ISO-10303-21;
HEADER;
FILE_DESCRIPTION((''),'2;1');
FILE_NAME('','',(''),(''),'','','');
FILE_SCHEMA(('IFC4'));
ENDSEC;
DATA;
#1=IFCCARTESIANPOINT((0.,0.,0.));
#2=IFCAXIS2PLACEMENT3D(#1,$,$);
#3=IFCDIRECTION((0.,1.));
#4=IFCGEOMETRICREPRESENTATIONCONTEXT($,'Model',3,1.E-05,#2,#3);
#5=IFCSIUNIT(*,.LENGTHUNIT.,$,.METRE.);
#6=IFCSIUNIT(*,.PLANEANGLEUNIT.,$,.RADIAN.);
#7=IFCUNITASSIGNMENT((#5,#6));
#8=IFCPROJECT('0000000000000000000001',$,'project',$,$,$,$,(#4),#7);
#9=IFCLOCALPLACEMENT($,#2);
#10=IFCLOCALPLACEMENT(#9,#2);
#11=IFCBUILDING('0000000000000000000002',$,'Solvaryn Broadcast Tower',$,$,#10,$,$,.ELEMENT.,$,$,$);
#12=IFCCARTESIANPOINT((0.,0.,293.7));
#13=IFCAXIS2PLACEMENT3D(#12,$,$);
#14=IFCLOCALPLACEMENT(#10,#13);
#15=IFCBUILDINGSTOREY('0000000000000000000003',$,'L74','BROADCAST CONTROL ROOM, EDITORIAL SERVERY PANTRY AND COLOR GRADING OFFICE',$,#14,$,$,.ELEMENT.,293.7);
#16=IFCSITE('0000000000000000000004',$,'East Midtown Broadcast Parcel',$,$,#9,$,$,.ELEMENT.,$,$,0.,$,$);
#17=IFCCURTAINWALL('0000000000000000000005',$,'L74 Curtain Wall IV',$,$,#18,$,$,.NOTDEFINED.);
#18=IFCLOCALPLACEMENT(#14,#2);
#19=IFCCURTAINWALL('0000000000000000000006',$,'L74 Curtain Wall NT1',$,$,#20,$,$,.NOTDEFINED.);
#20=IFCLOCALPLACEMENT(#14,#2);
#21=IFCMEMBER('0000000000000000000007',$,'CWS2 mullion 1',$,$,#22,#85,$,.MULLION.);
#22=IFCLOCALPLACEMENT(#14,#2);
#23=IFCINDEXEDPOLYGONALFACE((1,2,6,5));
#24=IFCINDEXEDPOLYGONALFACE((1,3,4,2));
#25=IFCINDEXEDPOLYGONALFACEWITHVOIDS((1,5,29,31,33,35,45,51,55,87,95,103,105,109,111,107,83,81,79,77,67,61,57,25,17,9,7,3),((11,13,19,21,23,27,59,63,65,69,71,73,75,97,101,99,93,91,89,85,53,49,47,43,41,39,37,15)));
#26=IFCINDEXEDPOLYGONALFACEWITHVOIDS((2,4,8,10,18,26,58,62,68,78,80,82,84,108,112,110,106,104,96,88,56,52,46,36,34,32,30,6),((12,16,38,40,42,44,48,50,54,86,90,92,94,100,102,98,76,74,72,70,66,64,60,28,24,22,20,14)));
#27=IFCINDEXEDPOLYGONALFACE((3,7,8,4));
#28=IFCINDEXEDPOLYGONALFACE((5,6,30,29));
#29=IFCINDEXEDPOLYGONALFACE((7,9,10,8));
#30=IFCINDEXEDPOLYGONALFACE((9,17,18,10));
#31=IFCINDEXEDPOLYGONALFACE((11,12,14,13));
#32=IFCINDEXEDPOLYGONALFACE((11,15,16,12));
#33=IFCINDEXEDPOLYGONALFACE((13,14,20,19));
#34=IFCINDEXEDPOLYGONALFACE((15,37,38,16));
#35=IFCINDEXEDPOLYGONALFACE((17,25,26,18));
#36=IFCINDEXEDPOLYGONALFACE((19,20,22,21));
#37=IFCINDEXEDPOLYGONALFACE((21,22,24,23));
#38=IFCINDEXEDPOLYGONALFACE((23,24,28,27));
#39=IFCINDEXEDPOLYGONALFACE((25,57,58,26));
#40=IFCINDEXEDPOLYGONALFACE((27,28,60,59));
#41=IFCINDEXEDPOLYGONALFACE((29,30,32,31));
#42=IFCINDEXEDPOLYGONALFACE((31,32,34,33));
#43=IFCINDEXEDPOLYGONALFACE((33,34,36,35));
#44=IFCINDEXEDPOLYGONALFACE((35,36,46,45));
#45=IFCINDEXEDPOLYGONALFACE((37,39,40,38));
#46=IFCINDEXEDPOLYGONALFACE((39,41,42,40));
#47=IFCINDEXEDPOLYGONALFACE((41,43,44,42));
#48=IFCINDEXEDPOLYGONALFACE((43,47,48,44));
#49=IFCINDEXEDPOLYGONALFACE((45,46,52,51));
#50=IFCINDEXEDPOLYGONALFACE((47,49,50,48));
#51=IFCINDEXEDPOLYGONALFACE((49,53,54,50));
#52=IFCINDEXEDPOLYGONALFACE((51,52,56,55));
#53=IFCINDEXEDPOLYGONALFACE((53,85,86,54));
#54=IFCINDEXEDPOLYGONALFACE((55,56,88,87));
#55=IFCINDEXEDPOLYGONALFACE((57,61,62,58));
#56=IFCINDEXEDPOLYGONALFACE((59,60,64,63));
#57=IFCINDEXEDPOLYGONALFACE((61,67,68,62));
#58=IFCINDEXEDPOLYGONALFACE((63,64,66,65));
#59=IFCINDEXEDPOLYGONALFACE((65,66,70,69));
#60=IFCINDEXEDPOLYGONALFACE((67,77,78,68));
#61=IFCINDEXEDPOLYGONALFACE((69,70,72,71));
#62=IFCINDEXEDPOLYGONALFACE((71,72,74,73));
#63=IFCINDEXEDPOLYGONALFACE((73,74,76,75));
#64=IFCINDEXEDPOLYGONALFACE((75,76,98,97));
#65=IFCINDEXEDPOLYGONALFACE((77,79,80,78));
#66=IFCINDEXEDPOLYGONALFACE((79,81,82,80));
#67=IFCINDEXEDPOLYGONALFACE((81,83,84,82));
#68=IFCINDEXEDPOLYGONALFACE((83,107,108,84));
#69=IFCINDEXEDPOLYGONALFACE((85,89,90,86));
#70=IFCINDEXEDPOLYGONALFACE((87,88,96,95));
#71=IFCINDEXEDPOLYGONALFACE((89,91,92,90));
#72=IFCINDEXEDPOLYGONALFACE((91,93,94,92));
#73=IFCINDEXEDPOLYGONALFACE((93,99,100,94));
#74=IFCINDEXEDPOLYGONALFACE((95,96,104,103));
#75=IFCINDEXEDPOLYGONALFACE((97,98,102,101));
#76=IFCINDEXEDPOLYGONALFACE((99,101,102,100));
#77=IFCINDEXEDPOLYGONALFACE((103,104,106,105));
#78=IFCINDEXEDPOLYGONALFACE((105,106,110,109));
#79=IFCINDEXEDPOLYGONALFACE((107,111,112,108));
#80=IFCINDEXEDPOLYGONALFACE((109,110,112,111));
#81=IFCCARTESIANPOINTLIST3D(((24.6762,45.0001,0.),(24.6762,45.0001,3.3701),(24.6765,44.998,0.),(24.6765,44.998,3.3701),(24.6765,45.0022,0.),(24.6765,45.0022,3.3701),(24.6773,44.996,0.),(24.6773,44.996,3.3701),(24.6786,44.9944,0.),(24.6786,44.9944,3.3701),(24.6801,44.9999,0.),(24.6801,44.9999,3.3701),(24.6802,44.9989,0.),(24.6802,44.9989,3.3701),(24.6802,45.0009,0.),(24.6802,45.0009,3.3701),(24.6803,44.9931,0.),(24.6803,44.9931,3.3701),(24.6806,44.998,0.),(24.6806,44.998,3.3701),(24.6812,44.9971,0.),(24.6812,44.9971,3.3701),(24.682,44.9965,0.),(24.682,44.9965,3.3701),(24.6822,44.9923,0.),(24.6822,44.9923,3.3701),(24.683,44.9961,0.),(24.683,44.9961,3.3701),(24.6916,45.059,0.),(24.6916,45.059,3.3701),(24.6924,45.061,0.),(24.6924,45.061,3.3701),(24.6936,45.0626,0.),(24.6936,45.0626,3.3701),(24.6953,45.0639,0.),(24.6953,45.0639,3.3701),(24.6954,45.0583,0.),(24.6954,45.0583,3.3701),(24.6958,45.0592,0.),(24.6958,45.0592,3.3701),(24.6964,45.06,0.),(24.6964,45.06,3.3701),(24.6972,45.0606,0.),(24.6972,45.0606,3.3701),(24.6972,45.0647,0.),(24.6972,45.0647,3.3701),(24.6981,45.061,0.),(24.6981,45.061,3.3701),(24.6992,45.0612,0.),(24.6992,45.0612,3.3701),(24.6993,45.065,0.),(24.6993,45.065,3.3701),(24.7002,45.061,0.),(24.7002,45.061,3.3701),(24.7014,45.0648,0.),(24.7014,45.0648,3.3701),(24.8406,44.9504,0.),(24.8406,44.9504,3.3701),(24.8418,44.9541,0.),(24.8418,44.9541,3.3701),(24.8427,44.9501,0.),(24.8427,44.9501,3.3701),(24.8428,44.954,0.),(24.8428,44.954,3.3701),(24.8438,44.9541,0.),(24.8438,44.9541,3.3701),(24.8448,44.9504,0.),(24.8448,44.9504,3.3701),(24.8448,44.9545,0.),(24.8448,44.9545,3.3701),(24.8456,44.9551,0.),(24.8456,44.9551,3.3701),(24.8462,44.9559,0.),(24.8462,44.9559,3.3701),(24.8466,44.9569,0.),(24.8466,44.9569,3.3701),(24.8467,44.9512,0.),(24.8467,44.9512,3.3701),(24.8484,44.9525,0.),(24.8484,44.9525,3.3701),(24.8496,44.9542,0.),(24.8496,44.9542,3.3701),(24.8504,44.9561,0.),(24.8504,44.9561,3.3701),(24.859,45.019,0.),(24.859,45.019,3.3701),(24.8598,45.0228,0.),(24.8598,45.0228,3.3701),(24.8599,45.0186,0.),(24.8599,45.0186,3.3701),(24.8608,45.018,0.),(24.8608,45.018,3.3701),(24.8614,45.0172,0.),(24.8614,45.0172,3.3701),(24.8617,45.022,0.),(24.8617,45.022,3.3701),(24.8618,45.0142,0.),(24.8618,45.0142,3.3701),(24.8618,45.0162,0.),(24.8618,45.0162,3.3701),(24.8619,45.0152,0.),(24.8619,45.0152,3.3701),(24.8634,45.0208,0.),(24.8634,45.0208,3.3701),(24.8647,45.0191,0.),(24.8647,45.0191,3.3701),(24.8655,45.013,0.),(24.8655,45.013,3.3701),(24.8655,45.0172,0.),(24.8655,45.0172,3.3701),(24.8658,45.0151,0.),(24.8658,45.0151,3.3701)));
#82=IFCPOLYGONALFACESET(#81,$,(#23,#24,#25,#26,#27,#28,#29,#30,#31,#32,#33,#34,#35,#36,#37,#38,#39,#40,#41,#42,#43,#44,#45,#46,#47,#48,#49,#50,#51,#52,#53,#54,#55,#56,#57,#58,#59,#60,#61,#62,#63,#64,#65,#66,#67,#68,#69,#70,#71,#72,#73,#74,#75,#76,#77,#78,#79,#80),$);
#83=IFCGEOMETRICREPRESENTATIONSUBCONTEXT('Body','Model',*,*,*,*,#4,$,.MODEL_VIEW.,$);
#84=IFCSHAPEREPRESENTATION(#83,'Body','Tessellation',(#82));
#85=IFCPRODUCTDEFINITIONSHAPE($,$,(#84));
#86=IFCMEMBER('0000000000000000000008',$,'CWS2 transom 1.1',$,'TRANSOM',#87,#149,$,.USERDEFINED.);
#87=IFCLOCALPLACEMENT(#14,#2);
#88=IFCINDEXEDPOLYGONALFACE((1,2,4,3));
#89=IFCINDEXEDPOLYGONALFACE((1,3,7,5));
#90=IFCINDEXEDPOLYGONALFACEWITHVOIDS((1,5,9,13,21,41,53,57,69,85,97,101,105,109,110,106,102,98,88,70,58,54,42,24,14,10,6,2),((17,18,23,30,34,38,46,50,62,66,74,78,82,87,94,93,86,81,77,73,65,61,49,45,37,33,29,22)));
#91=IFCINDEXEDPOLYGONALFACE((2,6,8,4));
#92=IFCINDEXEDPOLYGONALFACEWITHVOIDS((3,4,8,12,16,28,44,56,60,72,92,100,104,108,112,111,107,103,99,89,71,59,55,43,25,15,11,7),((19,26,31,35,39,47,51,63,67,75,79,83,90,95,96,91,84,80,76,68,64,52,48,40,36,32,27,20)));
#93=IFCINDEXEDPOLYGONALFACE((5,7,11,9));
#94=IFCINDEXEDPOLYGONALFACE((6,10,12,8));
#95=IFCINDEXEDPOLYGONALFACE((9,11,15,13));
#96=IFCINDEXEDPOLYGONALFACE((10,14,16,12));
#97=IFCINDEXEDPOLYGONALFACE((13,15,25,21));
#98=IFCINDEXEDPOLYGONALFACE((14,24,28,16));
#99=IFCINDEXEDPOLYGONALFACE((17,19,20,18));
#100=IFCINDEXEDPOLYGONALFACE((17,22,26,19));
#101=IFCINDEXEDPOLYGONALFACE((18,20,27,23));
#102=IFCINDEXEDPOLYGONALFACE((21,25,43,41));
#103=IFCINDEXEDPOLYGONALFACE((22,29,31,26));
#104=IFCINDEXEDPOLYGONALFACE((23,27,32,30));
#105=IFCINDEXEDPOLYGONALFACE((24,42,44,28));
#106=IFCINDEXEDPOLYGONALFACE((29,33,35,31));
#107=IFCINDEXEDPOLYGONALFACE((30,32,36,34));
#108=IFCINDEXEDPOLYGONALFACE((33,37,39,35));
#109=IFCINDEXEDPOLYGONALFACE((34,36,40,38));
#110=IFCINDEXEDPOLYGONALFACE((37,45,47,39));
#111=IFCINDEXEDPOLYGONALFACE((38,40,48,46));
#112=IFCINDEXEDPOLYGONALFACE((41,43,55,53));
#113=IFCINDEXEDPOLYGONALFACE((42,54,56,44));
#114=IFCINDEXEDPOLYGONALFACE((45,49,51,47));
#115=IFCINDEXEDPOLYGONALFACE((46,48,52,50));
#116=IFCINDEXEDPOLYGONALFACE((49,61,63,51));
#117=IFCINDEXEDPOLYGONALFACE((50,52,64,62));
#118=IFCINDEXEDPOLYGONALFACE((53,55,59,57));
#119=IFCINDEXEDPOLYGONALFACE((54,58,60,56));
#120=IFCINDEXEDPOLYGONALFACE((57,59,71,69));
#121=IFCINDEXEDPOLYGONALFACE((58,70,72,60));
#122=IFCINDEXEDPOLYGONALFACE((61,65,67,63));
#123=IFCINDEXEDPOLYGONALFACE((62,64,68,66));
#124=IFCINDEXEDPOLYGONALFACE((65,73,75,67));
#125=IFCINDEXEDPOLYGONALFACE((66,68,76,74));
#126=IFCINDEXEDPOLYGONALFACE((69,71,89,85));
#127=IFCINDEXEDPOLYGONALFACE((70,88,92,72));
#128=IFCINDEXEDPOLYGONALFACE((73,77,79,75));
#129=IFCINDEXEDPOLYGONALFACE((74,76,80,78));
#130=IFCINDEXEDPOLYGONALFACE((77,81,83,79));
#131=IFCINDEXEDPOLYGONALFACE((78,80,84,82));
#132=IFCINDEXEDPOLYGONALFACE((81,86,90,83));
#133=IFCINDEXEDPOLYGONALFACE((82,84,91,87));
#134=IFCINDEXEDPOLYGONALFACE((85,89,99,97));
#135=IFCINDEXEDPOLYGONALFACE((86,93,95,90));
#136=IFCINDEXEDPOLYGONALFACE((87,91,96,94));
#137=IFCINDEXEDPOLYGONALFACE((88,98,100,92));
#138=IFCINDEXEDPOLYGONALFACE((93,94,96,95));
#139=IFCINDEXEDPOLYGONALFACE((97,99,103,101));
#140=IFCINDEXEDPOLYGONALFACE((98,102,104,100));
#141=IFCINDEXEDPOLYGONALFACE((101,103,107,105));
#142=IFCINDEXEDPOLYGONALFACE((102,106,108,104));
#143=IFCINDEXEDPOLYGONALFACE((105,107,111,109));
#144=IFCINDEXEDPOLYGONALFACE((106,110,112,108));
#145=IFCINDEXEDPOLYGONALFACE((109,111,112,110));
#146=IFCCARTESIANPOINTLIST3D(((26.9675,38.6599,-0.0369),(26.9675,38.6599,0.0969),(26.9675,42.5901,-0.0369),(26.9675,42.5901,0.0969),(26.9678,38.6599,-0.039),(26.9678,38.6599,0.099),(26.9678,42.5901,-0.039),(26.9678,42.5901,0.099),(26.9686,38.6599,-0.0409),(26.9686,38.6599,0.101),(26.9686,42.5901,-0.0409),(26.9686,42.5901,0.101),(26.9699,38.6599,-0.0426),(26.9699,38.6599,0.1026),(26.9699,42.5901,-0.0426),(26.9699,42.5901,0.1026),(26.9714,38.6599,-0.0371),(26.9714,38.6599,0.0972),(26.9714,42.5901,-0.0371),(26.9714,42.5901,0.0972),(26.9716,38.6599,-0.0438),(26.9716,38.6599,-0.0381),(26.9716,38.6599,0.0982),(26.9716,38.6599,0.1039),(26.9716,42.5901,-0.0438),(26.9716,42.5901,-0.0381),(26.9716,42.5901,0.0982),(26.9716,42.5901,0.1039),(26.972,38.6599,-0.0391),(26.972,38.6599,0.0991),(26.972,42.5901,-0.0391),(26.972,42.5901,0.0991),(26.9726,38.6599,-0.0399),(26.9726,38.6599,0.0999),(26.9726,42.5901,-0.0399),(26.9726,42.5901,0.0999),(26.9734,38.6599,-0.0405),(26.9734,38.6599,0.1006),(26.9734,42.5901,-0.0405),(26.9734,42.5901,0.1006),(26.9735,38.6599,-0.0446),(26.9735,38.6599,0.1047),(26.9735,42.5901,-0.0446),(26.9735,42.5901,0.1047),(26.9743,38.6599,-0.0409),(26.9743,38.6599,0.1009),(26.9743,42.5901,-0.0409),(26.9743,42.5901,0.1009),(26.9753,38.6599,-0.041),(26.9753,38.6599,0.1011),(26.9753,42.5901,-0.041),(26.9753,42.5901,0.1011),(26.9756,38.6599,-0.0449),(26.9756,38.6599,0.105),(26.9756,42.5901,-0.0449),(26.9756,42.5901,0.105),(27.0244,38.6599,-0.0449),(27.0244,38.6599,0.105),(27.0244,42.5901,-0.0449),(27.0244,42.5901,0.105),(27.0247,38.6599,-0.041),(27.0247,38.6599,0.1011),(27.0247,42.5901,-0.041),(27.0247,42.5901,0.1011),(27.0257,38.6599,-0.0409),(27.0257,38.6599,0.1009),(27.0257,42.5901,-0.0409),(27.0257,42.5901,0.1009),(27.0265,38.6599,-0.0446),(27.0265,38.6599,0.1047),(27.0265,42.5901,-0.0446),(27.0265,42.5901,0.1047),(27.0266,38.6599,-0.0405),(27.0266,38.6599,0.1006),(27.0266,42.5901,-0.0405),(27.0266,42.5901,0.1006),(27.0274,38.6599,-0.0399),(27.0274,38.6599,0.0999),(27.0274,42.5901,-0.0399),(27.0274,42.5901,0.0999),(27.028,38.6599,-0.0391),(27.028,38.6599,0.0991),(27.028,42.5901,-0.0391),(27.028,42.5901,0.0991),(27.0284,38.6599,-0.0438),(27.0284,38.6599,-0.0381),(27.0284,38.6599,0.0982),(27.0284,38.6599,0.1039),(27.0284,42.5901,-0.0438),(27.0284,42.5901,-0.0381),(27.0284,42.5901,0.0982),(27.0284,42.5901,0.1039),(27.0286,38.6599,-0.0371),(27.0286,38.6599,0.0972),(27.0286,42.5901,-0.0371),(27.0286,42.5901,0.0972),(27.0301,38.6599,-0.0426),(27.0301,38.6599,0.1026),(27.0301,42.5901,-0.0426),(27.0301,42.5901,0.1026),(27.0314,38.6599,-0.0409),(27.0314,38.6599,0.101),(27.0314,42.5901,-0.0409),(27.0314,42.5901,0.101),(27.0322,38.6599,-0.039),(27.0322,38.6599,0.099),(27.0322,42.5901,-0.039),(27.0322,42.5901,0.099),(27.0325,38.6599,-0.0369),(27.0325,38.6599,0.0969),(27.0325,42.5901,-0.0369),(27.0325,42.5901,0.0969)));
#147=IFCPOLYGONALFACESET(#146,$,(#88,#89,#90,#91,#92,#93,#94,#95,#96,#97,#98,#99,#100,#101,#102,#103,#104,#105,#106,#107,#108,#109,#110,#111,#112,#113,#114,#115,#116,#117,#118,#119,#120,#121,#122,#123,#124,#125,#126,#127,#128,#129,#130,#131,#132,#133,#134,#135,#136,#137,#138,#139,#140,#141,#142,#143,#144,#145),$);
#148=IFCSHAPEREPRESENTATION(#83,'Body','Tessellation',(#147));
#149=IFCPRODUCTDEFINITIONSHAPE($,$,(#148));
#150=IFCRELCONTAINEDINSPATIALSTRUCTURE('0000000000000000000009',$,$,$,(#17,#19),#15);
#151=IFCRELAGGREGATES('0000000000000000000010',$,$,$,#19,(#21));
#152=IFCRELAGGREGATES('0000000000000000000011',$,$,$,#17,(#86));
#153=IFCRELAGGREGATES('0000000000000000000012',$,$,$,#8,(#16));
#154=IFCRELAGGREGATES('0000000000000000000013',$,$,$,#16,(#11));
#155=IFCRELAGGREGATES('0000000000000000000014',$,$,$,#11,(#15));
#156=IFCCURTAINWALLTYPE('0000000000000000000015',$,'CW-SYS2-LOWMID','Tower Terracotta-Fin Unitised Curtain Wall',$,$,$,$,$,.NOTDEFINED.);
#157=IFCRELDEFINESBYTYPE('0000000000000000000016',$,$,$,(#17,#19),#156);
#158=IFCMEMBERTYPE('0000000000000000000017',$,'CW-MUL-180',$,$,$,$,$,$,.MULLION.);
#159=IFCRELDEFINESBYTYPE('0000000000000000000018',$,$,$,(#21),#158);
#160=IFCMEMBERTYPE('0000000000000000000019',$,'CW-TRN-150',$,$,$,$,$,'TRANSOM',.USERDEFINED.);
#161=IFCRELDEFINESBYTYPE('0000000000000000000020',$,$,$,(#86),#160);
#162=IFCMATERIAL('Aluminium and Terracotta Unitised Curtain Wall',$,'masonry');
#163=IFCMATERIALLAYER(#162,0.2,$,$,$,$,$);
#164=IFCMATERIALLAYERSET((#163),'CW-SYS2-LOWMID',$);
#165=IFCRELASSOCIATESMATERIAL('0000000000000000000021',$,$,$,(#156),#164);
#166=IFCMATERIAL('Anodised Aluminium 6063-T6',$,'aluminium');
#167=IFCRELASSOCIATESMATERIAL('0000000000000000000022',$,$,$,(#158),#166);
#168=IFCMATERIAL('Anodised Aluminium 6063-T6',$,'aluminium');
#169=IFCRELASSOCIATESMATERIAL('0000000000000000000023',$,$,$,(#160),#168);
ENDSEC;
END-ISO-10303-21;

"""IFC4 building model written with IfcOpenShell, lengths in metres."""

from ifc_helpers import new_model, si_unit, direction, frame, origin, origin_2d, place, context, subcontext, project, spatial, hollow_rectangle, extrude, material, layer, layer_set, material_profile, profile_set, type_object, element, aggregate, save


model = new_model("IFC4")

# Units and contexts
model_context = context("Model", 3, precision=1e-05, world=origin(), true_north=direction((0.0, 1.0)))
body_context = subcontext(model_context, "Body", "Model", "MODEL_VIEW")
ifc_project = project(units=[si_unit("LENGTHUNIT", "METRE"), si_unit("PLANEANGLEUNIT", "RADIAN")], contexts=[model_context])

# Site, building, storey
site_placement = place(None, origin())
site = spatial("IfcSite", under=ifc_project, at=site_placement, Name="East Midtown Broadcast Parcel", CompositionType="ELEMENT", RefElevation=0.0)
building_placement = place(site_placement, origin())
building = spatial("IfcBuilding", under=site, at=building_placement, Name="Solvaryn Broadcast Tower", CompositionType="ELEMENT")
storey_placement = place(building_placement, frame((0.0, 0.0, 293.7)))
storey = spatial("IfcBuildingStorey", under=building, at=storey_placement, Name="L74", Description="BROADCAST CONTROL ROOM, EDITORIAL SERVERY PANTRY AND COLOR GRADING OFFICE", CompositionType="ELEMENT", Elevation=293.7)

# Curtain wall
ifc_material_1 = material(Name="Aluminium and Terracotta Unitised Curtain Wall", Category="masonry")
ifc_layer_1 = layer(ifc_material_1, 0.2)
ifc_layer_set_1 = layer_set([ifc_layer_1], Name="CW-SYS2-LOWMID")
curtain_wall_type = type_object("IfcCurtainWallType", Name="CW-SYS2-LOWMID", Description="Tower Terracotta-Fin Unitised Curtain Wall", PredefinedType="NOTDEFINED", material=ifc_layer_set_1)
curtain_wall_1_placement = place(storey_placement, origin())
curtain_wall_1 = element("IfcCurtainWall", 1, at=curtain_wall_1_placement, inside=storey, type_object=curtain_wall_type, Name="L74 Curtain Wall IV", PredefinedType="NOTDEFINED")
ifc_material_2 = material(Name="Anodised Aluminium 6063-T6", Category="aluminium")
ifc_material_profile_1 = material_profile(ifc_material_2, hollow_rectangle(XDim=0.075, YDim=0.1799, WallThickness=0.0039, InnerFilletRadius=0.0039, OuterFilletRadius=0.0081, at=origin_2d()))
ifc_profile_set_1 = profile_set([ifc_material_profile_1], Name="Anodised Aluminium 6063-T6")
member_type_1 = type_object("IfcMemberType", Name="CW-MUL-180", PredefinedType="MULLION", material=ifc_profile_set_1)

# Curtain wall, member
curtain_wall_2_placement = place(storey_placement, origin())
curtain_wall_2 = element("IfcCurtainWall", 2, at=curtain_wall_2_placement, inside=storey, type_object=curtain_wall_type, Name="L74 Curtain Wall NT1", PredefinedType="NOTDEFINED")
member_1_placement = place(storey_placement, frame((24.771, 45.0076, 0.0), z_axis=(0.0, 0.0, 1.0), x_axis=(-0.255893, -0.966705, 0.0)))
member_1 = element("IfcMember", 3, at=member_1_placement, type_object=member_type_1, Name="CWS2 mullion 1", PredefinedType="MULLION", context=body_context, shape_type="SweptSolid", body=[
    extrude(hollow_rectangle(XDim=0.075, YDim=0.1799, WallThickness=0.0039, InnerFilletRadius=0.0039, OuterFilletRadius=0.0081, at=origin_2d()), origin(), (0.0, 0.0, 1.0), 3.3701),
])

# Member
ifc_material_3 = material(Name="Anodised Aluminium 6063-T6", Category="aluminium")
ifc_material_profile_2 = material_profile(ifc_material_3, hollow_rectangle(XDim=0.0649, YDim=0.1499, WallThickness=0.0039, InnerFilletRadius=0.0039, OuterFilletRadius=0.0081, at=origin_2d()))
ifc_profile_set_2 = profile_set([ifc_material_profile_2], Name="Anodised Aluminium 6063-T6")
member_type_2 = type_object("IfcMemberType", Name="CW-TRN-150", ElementType="TRANSOM", PredefinedType="USERDEFINED", material=ifc_profile_set_2)
member_2_placement = place(storey_placement, frame((27.0, 42.5901, 0.03), z_axis=(0.0, -1.0, 0.0), x_axis=(1.0, 0.0, 0.0)))
member_2 = element("IfcMember", 4, at=member_2_placement, type_object=member_type_2, Name="CWS2 transom 1.1", ObjectType="TRANSOM", PredefinedType="USERDEFINED", context=body_context, shape_type="SweptSolid", body=[
    extrude(hollow_rectangle(XDim=0.0649, YDim=0.1499, WallThickness=0.0039, InnerFilletRadius=0.0039, OuterFilletRadius=0.0081, at=origin_2d()), origin(), (0.0, 0.0, 1.0), 3.9302),
])
aggregate(curtain_wall_2, [member_1])

aggregate(curtain_wall_1, [member_2])

save(model, "model.ifc")
